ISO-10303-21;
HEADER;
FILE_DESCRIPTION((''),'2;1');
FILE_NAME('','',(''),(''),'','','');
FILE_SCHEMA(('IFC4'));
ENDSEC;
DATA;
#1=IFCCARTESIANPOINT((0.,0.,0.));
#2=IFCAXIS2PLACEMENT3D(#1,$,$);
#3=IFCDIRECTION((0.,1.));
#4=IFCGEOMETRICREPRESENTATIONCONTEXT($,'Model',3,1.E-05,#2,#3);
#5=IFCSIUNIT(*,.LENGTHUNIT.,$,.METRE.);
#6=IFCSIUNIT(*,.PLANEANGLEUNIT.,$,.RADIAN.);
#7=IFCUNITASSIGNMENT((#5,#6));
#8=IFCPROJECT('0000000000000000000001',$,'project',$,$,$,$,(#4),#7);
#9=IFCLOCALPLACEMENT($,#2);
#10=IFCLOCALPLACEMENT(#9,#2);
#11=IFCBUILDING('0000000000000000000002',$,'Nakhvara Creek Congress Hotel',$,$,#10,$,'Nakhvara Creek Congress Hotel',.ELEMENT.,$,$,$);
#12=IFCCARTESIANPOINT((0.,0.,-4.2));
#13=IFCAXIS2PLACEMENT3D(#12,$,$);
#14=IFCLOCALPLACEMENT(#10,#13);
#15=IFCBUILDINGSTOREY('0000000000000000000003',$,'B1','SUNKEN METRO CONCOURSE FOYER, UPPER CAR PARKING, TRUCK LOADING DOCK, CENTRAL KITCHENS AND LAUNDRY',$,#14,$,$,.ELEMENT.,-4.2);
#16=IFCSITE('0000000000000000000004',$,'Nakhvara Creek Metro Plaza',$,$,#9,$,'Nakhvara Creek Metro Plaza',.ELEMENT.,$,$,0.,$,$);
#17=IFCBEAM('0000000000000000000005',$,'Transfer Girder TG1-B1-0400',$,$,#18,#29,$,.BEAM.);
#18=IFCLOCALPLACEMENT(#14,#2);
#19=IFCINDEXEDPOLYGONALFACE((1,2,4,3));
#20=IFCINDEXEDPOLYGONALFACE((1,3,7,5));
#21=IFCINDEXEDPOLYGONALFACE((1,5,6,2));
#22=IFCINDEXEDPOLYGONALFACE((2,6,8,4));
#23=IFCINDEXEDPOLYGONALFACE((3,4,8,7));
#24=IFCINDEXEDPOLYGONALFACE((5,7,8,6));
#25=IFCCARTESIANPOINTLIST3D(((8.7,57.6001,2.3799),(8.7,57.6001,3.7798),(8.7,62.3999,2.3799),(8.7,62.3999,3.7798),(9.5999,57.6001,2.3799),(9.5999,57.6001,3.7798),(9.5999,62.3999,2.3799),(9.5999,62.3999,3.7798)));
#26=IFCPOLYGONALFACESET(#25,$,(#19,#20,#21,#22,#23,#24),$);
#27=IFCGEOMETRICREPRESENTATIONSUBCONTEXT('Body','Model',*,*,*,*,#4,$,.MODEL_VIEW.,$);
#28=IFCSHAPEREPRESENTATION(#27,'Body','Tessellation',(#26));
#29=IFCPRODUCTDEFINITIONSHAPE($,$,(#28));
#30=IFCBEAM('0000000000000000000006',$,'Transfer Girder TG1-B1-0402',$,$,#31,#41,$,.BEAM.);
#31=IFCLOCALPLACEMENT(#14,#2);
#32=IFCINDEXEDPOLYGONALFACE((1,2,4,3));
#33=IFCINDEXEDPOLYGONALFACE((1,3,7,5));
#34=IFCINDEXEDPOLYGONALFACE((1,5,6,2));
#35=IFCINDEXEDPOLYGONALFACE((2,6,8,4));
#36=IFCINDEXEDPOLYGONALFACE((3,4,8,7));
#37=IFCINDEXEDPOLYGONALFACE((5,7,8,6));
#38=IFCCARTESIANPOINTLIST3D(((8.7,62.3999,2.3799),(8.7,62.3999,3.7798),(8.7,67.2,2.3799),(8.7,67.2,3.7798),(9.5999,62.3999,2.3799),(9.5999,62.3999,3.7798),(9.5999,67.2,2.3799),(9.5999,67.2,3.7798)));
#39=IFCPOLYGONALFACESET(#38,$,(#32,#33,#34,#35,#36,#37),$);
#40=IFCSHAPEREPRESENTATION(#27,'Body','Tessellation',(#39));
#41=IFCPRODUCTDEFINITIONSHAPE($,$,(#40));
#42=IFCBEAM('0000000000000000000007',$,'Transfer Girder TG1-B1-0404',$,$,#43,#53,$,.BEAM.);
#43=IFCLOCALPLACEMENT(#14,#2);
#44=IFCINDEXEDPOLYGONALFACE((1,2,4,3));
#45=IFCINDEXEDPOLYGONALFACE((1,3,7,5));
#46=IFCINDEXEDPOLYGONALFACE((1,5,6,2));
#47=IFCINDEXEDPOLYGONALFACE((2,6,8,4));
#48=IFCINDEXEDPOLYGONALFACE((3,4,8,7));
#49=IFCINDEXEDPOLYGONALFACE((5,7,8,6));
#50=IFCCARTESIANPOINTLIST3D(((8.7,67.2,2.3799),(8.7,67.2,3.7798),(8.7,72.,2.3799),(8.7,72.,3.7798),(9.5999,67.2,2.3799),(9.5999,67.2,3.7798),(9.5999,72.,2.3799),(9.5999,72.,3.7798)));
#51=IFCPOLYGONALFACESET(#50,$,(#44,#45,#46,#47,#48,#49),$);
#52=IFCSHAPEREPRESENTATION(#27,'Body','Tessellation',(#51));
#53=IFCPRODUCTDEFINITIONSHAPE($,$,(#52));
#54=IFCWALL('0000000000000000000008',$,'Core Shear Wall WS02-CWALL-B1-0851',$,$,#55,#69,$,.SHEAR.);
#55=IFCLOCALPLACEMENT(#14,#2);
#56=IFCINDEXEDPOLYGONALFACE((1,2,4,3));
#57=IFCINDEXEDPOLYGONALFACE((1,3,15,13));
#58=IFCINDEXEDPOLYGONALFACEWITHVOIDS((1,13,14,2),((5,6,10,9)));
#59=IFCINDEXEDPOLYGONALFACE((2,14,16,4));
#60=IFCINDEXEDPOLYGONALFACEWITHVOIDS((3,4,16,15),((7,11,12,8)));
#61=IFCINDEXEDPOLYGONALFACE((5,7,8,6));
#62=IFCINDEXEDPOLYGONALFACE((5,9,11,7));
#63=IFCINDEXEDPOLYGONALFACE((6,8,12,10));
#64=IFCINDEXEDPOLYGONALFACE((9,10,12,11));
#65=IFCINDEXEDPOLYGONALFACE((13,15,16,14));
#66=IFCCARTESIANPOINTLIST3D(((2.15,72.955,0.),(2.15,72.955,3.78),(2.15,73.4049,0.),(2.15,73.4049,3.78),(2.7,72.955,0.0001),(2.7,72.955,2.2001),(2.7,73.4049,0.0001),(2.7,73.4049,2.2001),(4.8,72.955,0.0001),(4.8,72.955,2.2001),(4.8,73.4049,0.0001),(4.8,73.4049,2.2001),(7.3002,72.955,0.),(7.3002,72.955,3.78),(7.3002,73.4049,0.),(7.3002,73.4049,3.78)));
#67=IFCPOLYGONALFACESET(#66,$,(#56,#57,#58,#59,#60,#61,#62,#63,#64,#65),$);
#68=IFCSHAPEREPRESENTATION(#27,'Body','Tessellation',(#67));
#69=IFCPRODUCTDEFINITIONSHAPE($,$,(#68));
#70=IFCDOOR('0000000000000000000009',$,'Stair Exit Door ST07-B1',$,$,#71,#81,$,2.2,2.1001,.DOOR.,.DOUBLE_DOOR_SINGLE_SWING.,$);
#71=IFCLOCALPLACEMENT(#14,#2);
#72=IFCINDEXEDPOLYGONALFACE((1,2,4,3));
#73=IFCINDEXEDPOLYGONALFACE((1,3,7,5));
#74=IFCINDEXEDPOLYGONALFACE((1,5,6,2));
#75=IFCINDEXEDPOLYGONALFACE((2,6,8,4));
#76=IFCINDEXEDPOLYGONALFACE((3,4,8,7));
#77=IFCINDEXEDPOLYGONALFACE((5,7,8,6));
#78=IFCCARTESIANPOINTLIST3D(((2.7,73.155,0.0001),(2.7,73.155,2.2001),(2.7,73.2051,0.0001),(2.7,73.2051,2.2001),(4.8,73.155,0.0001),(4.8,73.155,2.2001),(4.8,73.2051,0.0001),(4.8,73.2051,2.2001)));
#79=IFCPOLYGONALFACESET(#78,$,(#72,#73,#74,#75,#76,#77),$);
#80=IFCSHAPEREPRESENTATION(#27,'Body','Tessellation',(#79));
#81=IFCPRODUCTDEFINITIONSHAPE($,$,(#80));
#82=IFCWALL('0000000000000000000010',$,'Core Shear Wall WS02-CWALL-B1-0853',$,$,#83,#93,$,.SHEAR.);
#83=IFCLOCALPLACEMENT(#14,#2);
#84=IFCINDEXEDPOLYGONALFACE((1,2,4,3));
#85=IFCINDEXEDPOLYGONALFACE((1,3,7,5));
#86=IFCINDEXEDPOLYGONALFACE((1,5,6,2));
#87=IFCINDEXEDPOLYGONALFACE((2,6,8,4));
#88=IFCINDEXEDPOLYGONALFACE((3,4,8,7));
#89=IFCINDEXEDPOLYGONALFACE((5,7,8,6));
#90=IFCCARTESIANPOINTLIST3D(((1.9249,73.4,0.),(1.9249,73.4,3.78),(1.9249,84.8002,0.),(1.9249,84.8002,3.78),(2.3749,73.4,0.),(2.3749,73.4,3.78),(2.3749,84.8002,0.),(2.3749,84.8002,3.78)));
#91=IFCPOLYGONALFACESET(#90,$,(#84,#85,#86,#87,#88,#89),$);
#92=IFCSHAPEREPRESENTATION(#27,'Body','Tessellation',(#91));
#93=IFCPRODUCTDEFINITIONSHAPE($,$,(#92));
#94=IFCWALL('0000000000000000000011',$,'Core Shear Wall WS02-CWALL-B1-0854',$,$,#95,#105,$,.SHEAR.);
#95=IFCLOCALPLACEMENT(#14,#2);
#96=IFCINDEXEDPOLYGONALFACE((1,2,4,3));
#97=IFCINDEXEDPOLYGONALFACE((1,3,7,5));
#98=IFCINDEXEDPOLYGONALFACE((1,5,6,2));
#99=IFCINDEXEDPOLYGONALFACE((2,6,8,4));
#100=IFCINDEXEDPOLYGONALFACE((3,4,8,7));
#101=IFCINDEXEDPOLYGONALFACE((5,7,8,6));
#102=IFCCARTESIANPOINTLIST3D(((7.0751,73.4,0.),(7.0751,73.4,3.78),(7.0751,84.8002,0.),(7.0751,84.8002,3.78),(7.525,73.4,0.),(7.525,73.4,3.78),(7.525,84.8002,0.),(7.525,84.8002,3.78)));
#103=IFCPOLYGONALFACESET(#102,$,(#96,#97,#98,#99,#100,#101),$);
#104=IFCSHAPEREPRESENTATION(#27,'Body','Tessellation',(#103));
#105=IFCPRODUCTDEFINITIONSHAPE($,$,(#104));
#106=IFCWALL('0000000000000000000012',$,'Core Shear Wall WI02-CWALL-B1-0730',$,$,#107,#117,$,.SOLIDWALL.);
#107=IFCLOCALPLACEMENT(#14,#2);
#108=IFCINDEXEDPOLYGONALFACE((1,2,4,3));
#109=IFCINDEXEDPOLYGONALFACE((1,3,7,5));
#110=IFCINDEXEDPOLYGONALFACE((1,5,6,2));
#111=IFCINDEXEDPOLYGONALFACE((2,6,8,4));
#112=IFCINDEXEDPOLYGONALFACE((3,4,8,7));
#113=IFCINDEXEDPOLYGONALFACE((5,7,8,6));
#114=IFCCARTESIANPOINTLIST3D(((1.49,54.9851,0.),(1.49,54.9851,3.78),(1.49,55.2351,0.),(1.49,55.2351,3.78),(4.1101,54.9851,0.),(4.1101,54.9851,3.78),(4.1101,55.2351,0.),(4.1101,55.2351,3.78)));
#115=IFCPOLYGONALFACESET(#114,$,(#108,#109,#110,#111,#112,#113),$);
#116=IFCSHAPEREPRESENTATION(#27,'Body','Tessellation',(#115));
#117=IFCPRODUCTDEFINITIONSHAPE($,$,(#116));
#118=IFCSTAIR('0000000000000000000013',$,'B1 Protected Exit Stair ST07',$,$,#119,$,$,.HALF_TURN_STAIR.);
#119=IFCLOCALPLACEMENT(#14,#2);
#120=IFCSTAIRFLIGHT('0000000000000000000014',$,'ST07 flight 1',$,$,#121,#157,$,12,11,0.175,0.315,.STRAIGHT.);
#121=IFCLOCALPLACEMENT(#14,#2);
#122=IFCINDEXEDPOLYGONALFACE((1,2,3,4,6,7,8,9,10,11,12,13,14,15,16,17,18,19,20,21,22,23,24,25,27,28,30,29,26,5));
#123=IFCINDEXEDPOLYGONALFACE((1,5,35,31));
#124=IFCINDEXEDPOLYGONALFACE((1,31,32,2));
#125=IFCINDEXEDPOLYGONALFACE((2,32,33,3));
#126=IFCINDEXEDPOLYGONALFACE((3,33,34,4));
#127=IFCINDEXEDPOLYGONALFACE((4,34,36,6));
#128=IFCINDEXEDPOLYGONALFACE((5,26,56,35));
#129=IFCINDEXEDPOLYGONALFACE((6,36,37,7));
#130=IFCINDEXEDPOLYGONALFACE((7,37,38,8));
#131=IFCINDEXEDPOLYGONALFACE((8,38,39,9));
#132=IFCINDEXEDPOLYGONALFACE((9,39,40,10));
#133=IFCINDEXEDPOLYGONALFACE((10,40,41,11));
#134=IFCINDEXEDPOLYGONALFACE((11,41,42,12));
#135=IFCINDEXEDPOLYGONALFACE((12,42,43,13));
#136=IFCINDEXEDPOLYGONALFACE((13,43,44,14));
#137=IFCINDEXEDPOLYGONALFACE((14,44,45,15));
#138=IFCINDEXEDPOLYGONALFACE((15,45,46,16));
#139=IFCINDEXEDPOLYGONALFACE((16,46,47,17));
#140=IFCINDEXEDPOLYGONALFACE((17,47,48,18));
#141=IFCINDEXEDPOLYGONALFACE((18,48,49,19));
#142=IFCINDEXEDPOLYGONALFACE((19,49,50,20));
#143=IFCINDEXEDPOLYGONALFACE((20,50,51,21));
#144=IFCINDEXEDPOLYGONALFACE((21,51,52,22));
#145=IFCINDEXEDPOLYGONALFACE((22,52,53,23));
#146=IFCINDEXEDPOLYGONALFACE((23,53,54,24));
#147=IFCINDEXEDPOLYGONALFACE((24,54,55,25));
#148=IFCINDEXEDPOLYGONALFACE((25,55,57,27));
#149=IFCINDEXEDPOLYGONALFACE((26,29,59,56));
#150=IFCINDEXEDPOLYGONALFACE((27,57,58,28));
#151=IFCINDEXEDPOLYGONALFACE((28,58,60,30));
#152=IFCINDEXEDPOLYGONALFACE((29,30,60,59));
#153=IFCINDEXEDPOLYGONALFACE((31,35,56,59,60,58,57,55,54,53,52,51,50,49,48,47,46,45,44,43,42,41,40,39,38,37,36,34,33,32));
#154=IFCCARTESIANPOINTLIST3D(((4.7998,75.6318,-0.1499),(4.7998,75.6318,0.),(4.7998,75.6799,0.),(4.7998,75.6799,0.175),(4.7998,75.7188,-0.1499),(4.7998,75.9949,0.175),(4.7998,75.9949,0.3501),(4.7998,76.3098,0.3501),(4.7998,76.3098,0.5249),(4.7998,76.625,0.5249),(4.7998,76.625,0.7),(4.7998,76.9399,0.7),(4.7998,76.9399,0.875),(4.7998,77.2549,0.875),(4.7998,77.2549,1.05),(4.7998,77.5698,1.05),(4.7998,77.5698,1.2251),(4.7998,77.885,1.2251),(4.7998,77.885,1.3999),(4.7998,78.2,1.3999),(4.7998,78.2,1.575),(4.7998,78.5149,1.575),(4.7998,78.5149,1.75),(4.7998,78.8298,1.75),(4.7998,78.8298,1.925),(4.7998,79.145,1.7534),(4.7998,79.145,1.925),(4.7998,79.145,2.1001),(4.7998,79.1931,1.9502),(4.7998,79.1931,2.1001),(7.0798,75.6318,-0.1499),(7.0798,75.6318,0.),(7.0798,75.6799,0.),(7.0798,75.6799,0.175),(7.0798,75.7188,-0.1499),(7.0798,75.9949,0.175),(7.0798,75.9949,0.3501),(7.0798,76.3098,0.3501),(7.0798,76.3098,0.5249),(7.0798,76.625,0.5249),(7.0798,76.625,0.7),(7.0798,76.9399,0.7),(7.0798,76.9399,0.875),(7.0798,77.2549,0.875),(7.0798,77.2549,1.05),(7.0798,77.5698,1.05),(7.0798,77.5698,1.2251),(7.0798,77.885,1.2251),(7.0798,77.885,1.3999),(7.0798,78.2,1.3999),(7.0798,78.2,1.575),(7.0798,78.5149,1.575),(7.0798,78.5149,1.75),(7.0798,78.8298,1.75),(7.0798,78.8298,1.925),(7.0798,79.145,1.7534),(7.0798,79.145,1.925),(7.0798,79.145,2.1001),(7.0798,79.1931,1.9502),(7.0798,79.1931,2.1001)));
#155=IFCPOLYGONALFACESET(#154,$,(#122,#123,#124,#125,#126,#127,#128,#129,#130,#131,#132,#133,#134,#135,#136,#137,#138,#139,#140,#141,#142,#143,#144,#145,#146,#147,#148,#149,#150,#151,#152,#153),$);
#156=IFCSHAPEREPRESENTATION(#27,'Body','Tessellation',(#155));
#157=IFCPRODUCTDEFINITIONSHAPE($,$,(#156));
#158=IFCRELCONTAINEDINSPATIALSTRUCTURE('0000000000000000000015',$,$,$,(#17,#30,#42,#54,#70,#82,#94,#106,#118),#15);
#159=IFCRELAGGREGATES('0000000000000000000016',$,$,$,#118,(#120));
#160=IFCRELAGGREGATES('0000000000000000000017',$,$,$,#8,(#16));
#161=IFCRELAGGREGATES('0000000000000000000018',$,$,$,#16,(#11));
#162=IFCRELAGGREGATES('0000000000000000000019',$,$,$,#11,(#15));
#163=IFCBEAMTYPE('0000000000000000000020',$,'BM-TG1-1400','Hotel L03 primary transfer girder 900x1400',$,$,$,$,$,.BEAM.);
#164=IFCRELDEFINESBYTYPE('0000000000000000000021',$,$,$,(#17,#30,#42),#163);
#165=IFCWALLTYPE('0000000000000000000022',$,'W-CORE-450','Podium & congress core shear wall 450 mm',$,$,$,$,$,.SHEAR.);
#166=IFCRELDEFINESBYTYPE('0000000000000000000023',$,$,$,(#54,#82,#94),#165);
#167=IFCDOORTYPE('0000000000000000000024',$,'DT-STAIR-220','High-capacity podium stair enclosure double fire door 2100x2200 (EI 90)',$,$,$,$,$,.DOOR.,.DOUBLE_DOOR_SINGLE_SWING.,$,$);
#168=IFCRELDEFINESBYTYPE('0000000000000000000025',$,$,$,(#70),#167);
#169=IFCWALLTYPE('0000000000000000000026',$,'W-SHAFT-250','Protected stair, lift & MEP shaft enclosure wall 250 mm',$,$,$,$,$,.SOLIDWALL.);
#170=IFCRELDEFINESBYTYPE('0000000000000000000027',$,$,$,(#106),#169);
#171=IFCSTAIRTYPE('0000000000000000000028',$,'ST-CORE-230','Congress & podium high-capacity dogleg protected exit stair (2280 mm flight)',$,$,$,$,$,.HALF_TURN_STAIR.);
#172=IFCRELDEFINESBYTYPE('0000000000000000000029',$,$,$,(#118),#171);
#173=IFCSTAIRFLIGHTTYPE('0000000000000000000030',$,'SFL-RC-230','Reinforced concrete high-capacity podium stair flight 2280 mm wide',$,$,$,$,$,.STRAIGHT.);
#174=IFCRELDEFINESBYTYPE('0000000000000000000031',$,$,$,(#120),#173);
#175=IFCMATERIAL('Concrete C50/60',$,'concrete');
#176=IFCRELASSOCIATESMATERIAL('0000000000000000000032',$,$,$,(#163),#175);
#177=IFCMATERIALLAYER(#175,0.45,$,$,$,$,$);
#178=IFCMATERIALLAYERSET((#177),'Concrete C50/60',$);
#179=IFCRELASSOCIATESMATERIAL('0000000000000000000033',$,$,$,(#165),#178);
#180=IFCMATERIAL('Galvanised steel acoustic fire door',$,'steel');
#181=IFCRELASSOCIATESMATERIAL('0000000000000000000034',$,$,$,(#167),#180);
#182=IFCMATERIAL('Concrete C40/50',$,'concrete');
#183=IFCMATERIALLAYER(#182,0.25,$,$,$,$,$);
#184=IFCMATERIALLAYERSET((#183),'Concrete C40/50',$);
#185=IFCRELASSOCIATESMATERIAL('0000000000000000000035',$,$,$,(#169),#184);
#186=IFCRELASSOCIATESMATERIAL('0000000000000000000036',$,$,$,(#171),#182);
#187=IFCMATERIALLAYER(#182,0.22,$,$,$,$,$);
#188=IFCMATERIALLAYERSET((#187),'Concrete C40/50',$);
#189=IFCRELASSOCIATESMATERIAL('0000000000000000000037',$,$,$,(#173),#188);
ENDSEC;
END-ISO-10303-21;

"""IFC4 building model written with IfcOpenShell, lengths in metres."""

from ifc_helpers import new_model, si_unit, direction, frame, frame_2d, origin, origin_2d, place, context, subcontext, project, spatial, polyline, rectangle, outline, extrude, material, layer, layer_set, material_profile, profile_set, type_object, element, fill, aggregate, save


model = new_model("IFC4")

# Units and contexts
model_context = context("Model", 3, precision=1e-05, world=origin(), true_north=direction((0.0, 1.0)))
body_context = subcontext(model_context, "Body", "Model", "MODEL_VIEW")
ifc_project = project(units=[si_unit("LENGTHUNIT", "METRE"), si_unit("PLANEANGLEUNIT", "RADIAN")], contexts=[model_context])

# Site, building, storey
site_placement = place(None, origin())
site = spatial("IfcSite", under=ifc_project, at=site_placement, Name="Nakhvara Creek Metro Plaza", LongName="Nakhvara Creek Metro Plaza", CompositionType="ELEMENT", RefElevation=0.0)
building_placement = place(site_placement, origin())
building = spatial("IfcBuilding", under=site, at=building_placement, Name="Nakhvara Creek Congress Hotel", LongName="Nakhvara Creek Congress Hotel", CompositionType="ELEMENT")
storey_placement = place(building_placement, frame((0.0, 0.0, -4.2)))
storey = spatial("IfcBuildingStorey", under=building, at=storey_placement, Name="B1", Description="SUNKEN METRO CONCOURSE FOYER, UPPER CAR PARKING, TRUCK LOADING DOCK, CENTRAL KITCHENS AND LAUNDRY", CompositionType="ELEMENT", Elevation=-4.2)

# Shared definitions
ifc_material_1 = material(Name="Concrete C50/60", Category="concrete")

# Beams
ifc_material_2 = material(Name="Concrete C40/50", Category="concrete")
ifc_material_profile_1 = material_profile(ifc_material_1, rectangle(XDim=0.8999, YDim=1.3999, at=origin_2d()), Name="RC-TG 900x1400", Category="LoadBearing")
ifc_profile_set_1 = profile_set([ifc_material_profile_1], Name="Concrete C50/60")
beam_type_1 = type_object("IfcBeamType", Name="BM-TG1-1400", Description="Hotel L03 primary transfer girder 900x1400", PredefinedType="BEAM", material=ifc_profile_set_1)
beam_1_placement = place(storey_placement, frame((9.1499, 57.6001, 3.0798), z_axis=(0.0, 1.0, 0.0), x_axis=(-1.0, 0.0, 0.0)))
element("IfcBeam", 1, at=beam_1_placement, inside=storey, type_object=beam_type_1, Name="Transfer Girder TG1-B1-0400", PredefinedType="BEAM", context=body_context, shape_type="SweptSolid", body=[
    extrude(rectangle(XDim=0.8999, YDim=1.3999, at=origin_2d()), origin(), (0.0, 0.0, 1.0), 4.7998),
])
for number, where, z_axis, x_axis, name in (
    (2, (9.1499, 62.3999, 3.0798), (0.0, 1.0, 0.0), (-1.0, 0.0, 0.0), "Transfer Girder TG1-B1-0402"),
    (3, (9.1499, 67.2, 3.0798), (0.0, 1.0, 0.0), (-1.0, 0.0, 0.0), "Transfer Girder TG1-B1-0404"),
):
    element("IfcBeam", number, at=place(storey_placement, frame(where, z_axis=z_axis, x_axis=x_axis)), inside=storey, type_object=beam_type_1, Name=name, PredefinedType="BEAM", context=body_context, shape_type="SweptSolid", body=[
        extrude(rectangle(XDim=0.8999, YDim=1.3999, at=origin_2d()), origin(), (0.0, 0.0, 1.0), 4.8),
    ])

# Wall, opening, door
ifc_layer_1 = layer(ifc_material_1, 0.45)
ifc_layer_set_1 = layer_set([ifc_layer_1], Name="Concrete C50/60")
wall_type_1 = type_object("IfcWallType", Name="W-CORE-450", Description="Podium & congress core shear wall 450 mm", PredefinedType="SHEAR", material=ifc_layer_set_1)
wall_1_placement = place(storey_placement, frame((2.1499, 73.1799, 0.0), z_axis=(0.0, 0.0, 1.0), x_axis=(1.0, 0.0, 0.0)))
wall_1 = element("IfcWall", 4, at=wall_1_placement, inside=storey, type_object=wall_type_1, Name="Core Shear Wall WS02-CWALL-B1-0851", PredefinedType="SHEAR", context=body_context, shape_type="SweptSolid", body=[
    extrude(rectangle(XDim=5.1501, YDim=0.45, at=frame_2d((2.5752, 0.0))), origin(), (0.0, 0.0, 1.0), 3.78),
])
opening_placement = place(wall_1_placement, frame((0.55, 0.0, 0.0)))
opening = element("IfcOpeningElement", 5, at=opening_placement, cuts=wall_1, PredefinedType="OPENING", context=body_context, shape_type="SweptSolid", body=[
    extrude(rectangle(XDim=2.1001, YDim=2.2, at=frame_2d((1.05, 1.1001))), frame((0.0, 0.2368, 0.0), z_axis=(0.0, -1.0, 0.0), x_axis=(1.0, 0.0, 0.0)), (0.0, 0.0, 1.0), 0.4739),
])
ifc_material_3 = material(Name="Galvanised steel acoustic fire door", Category="steel")
door_type = type_object("IfcDoorType", Name="DT-STAIR-220", Description="High-capacity podium stair enclosure double fire door 2100x2200 (EI 90)", OperationType="DOUBLE_DOOR_SINGLE_SWING", PredefinedType="DOOR", material=ifc_material_3)
door_placement = place(opening_placement, frame((2.1001, 0.0, 0.0), z_axis=(0.0, 0.0, 1.0), x_axis=(-1.0, 0.0, 0.0)))
door = element("IfcDoor", 6, at=door_placement, inside=storey, type_object=door_type, Name="Stair Exit Door ST07-B1", OperationType="DOUBLE_DOOR_SINGLE_SWING", OverallHeight=2.2, OverallWidth=2.1001, PredefinedType="DOOR", context=body_context, shape_type="SweptSolid", body=[
    extrude(rectangle(XDim=2.1001, YDim=2.2, at=frame_2d((1.05, 1.1001))), frame((0.0, 0.0249, 0.0), z_axis=(0.0, -1.0, 0.0), x_axis=(1.0, 0.0, 0.0)), (0.0, 0.0, 1.0), 0.05),
])
fill(opening, door)

# Walls
for number, where, z_axis, x_axis, name in (
    (7, (2.1499, 73.3999, 0.0), (0.0, 0.0, 1.0), (0.0, 1.0, 0.0), "Core Shear Wall WS02-CWALL-B1-0853"),
    (8, (7.3, 73.3999, 0.0), (0.0, 0.0, 1.0), (0.0, 1.0, 0.0), "Core Shear Wall WS02-CWALL-B1-0854"),
):
    element("IfcWall", number, at=place(storey_placement, frame(where, z_axis=z_axis, x_axis=x_axis)), inside=storey, type_object=wall_type_1, Name=name, PredefinedType="SHEAR", context=body_context, shape_type="SweptSolid", body=[
        extrude(rectangle(XDim=11.4001, YDim=0.45, at=frame_2d((5.7002, 0.0))), origin(), (0.0, 0.0, 1.0), 3.78),
    ])
ifc_layer_2 = layer(ifc_material_2, 0.25)
ifc_layer_set_2 = layer_set([ifc_layer_2], Name="Concrete C40/50")
wall_type_2 = type_object("IfcWallType", Name="W-SHAFT-250", Description="Protected stair, lift & MEP shaft enclosure wall 250 mm", PredefinedType="SOLIDWALL", material=ifc_layer_set_2)
wall_2_placement = place(storey_placement, frame((1.49, 55.1101, 0.0), z_axis=(0.0, 0.0, 1.0), x_axis=(1.0, 0.0, 0.0)))
element("IfcWall", 9, at=wall_2_placement, inside=storey, type_object=wall_type_2, Name="Core Shear Wall WI02-CWALL-B1-0730", PredefinedType="SOLIDWALL", context=body_context, shape_type="SweptSolid", body=[
    extrude(rectangle(XDim=2.6201, YDim=0.25, at=frame_2d((1.3101, 0.0))), origin(), (0.0, 0.0, 1.0), 3.78),
])

# Stair, stair flight
stair_type = type_object("IfcStairType", Name="ST-CORE-230", Description="Congress & podium high-capacity dogleg protected exit stair (2280 mm flight)", PredefinedType="HALF_TURN_STAIR", material=ifc_material_2)
stair_placement = place(storey_placement, origin())
stair = element("IfcStair", 10, at=stair_placement, inside=storey, type_object=stair_type, Name="B1 Protected Exit Stair ST07", PredefinedType="HALF_TURN_STAIR")
ifc_layer_3 = layer(ifc_material_2, 0.22)
ifc_layer_set_3 = layer_set([ifc_layer_3], Name="Concrete C40/50")
stair_flight_type = type_object("IfcStairFlightType", Name="SFL-RC-230", Description="Reinforced concrete high-capacity podium stair flight 2280 mm wide", PredefinedType="STRAIGHT", material=ifc_layer_set_3)
stair_flight_1_placement = place(storey_placement, frame((5.9399, 75.6799, 0.0), z_axis=(0.0, 0.0, 1.0), x_axis=(0.0, 1.0, 0.0)))
stair_flight_1 = element("IfcStairFlight", 11, at=stair_flight_1_placement, type_object=stair_flight_type, Name="ST07 flight 1", NumberOfRisers=12, NumberOfTreads=11, PredefinedType="STRAIGHT", RiserHeight=0.175, TreadLength=0.315, context=body_context, shape_type="SweptSolid", body=[
    extrude(outline(polyline([(-0.0481, 0.0), (0.0, 0.0), (0.0, 0.175), (0.3149, 0.175), (0.3149, 0.3501), (0.6299, 0.3501), (0.6299, 0.5249), (0.9451, 0.5249), (0.9451, 0.7), (1.26, 0.7), (1.26, 0.875), (1.575, 0.875), (1.575, 1.05), (1.8899, 1.05), (1.8899, 1.2251), (2.2051, 1.2251), (2.2051, 1.3999), (2.52, 1.3999), (2.52, 1.575), (2.835, 1.575), (2.835, 1.75), (3.1499, 1.75), (3.1499, 1.925), (3.4651, 1.925), (3.4651, 2.1001), (3.5132, 2.1001), (3.5132, 1.9502), (3.4651, 1.7534), (0.0388, -0.1499), (-0.0481, -0.1499), (-0.0481, 0.0)])), frame((0.0, 1.1401, 0.0), z_axis=(0.0, -1.0, 0.0), x_axis=(1.0, 0.0, 0.0)), (0.0, 0.0, 1.0), 2.28),
])
aggregate(stair, [stair_flight_1])

save(model, "model.ifc")
